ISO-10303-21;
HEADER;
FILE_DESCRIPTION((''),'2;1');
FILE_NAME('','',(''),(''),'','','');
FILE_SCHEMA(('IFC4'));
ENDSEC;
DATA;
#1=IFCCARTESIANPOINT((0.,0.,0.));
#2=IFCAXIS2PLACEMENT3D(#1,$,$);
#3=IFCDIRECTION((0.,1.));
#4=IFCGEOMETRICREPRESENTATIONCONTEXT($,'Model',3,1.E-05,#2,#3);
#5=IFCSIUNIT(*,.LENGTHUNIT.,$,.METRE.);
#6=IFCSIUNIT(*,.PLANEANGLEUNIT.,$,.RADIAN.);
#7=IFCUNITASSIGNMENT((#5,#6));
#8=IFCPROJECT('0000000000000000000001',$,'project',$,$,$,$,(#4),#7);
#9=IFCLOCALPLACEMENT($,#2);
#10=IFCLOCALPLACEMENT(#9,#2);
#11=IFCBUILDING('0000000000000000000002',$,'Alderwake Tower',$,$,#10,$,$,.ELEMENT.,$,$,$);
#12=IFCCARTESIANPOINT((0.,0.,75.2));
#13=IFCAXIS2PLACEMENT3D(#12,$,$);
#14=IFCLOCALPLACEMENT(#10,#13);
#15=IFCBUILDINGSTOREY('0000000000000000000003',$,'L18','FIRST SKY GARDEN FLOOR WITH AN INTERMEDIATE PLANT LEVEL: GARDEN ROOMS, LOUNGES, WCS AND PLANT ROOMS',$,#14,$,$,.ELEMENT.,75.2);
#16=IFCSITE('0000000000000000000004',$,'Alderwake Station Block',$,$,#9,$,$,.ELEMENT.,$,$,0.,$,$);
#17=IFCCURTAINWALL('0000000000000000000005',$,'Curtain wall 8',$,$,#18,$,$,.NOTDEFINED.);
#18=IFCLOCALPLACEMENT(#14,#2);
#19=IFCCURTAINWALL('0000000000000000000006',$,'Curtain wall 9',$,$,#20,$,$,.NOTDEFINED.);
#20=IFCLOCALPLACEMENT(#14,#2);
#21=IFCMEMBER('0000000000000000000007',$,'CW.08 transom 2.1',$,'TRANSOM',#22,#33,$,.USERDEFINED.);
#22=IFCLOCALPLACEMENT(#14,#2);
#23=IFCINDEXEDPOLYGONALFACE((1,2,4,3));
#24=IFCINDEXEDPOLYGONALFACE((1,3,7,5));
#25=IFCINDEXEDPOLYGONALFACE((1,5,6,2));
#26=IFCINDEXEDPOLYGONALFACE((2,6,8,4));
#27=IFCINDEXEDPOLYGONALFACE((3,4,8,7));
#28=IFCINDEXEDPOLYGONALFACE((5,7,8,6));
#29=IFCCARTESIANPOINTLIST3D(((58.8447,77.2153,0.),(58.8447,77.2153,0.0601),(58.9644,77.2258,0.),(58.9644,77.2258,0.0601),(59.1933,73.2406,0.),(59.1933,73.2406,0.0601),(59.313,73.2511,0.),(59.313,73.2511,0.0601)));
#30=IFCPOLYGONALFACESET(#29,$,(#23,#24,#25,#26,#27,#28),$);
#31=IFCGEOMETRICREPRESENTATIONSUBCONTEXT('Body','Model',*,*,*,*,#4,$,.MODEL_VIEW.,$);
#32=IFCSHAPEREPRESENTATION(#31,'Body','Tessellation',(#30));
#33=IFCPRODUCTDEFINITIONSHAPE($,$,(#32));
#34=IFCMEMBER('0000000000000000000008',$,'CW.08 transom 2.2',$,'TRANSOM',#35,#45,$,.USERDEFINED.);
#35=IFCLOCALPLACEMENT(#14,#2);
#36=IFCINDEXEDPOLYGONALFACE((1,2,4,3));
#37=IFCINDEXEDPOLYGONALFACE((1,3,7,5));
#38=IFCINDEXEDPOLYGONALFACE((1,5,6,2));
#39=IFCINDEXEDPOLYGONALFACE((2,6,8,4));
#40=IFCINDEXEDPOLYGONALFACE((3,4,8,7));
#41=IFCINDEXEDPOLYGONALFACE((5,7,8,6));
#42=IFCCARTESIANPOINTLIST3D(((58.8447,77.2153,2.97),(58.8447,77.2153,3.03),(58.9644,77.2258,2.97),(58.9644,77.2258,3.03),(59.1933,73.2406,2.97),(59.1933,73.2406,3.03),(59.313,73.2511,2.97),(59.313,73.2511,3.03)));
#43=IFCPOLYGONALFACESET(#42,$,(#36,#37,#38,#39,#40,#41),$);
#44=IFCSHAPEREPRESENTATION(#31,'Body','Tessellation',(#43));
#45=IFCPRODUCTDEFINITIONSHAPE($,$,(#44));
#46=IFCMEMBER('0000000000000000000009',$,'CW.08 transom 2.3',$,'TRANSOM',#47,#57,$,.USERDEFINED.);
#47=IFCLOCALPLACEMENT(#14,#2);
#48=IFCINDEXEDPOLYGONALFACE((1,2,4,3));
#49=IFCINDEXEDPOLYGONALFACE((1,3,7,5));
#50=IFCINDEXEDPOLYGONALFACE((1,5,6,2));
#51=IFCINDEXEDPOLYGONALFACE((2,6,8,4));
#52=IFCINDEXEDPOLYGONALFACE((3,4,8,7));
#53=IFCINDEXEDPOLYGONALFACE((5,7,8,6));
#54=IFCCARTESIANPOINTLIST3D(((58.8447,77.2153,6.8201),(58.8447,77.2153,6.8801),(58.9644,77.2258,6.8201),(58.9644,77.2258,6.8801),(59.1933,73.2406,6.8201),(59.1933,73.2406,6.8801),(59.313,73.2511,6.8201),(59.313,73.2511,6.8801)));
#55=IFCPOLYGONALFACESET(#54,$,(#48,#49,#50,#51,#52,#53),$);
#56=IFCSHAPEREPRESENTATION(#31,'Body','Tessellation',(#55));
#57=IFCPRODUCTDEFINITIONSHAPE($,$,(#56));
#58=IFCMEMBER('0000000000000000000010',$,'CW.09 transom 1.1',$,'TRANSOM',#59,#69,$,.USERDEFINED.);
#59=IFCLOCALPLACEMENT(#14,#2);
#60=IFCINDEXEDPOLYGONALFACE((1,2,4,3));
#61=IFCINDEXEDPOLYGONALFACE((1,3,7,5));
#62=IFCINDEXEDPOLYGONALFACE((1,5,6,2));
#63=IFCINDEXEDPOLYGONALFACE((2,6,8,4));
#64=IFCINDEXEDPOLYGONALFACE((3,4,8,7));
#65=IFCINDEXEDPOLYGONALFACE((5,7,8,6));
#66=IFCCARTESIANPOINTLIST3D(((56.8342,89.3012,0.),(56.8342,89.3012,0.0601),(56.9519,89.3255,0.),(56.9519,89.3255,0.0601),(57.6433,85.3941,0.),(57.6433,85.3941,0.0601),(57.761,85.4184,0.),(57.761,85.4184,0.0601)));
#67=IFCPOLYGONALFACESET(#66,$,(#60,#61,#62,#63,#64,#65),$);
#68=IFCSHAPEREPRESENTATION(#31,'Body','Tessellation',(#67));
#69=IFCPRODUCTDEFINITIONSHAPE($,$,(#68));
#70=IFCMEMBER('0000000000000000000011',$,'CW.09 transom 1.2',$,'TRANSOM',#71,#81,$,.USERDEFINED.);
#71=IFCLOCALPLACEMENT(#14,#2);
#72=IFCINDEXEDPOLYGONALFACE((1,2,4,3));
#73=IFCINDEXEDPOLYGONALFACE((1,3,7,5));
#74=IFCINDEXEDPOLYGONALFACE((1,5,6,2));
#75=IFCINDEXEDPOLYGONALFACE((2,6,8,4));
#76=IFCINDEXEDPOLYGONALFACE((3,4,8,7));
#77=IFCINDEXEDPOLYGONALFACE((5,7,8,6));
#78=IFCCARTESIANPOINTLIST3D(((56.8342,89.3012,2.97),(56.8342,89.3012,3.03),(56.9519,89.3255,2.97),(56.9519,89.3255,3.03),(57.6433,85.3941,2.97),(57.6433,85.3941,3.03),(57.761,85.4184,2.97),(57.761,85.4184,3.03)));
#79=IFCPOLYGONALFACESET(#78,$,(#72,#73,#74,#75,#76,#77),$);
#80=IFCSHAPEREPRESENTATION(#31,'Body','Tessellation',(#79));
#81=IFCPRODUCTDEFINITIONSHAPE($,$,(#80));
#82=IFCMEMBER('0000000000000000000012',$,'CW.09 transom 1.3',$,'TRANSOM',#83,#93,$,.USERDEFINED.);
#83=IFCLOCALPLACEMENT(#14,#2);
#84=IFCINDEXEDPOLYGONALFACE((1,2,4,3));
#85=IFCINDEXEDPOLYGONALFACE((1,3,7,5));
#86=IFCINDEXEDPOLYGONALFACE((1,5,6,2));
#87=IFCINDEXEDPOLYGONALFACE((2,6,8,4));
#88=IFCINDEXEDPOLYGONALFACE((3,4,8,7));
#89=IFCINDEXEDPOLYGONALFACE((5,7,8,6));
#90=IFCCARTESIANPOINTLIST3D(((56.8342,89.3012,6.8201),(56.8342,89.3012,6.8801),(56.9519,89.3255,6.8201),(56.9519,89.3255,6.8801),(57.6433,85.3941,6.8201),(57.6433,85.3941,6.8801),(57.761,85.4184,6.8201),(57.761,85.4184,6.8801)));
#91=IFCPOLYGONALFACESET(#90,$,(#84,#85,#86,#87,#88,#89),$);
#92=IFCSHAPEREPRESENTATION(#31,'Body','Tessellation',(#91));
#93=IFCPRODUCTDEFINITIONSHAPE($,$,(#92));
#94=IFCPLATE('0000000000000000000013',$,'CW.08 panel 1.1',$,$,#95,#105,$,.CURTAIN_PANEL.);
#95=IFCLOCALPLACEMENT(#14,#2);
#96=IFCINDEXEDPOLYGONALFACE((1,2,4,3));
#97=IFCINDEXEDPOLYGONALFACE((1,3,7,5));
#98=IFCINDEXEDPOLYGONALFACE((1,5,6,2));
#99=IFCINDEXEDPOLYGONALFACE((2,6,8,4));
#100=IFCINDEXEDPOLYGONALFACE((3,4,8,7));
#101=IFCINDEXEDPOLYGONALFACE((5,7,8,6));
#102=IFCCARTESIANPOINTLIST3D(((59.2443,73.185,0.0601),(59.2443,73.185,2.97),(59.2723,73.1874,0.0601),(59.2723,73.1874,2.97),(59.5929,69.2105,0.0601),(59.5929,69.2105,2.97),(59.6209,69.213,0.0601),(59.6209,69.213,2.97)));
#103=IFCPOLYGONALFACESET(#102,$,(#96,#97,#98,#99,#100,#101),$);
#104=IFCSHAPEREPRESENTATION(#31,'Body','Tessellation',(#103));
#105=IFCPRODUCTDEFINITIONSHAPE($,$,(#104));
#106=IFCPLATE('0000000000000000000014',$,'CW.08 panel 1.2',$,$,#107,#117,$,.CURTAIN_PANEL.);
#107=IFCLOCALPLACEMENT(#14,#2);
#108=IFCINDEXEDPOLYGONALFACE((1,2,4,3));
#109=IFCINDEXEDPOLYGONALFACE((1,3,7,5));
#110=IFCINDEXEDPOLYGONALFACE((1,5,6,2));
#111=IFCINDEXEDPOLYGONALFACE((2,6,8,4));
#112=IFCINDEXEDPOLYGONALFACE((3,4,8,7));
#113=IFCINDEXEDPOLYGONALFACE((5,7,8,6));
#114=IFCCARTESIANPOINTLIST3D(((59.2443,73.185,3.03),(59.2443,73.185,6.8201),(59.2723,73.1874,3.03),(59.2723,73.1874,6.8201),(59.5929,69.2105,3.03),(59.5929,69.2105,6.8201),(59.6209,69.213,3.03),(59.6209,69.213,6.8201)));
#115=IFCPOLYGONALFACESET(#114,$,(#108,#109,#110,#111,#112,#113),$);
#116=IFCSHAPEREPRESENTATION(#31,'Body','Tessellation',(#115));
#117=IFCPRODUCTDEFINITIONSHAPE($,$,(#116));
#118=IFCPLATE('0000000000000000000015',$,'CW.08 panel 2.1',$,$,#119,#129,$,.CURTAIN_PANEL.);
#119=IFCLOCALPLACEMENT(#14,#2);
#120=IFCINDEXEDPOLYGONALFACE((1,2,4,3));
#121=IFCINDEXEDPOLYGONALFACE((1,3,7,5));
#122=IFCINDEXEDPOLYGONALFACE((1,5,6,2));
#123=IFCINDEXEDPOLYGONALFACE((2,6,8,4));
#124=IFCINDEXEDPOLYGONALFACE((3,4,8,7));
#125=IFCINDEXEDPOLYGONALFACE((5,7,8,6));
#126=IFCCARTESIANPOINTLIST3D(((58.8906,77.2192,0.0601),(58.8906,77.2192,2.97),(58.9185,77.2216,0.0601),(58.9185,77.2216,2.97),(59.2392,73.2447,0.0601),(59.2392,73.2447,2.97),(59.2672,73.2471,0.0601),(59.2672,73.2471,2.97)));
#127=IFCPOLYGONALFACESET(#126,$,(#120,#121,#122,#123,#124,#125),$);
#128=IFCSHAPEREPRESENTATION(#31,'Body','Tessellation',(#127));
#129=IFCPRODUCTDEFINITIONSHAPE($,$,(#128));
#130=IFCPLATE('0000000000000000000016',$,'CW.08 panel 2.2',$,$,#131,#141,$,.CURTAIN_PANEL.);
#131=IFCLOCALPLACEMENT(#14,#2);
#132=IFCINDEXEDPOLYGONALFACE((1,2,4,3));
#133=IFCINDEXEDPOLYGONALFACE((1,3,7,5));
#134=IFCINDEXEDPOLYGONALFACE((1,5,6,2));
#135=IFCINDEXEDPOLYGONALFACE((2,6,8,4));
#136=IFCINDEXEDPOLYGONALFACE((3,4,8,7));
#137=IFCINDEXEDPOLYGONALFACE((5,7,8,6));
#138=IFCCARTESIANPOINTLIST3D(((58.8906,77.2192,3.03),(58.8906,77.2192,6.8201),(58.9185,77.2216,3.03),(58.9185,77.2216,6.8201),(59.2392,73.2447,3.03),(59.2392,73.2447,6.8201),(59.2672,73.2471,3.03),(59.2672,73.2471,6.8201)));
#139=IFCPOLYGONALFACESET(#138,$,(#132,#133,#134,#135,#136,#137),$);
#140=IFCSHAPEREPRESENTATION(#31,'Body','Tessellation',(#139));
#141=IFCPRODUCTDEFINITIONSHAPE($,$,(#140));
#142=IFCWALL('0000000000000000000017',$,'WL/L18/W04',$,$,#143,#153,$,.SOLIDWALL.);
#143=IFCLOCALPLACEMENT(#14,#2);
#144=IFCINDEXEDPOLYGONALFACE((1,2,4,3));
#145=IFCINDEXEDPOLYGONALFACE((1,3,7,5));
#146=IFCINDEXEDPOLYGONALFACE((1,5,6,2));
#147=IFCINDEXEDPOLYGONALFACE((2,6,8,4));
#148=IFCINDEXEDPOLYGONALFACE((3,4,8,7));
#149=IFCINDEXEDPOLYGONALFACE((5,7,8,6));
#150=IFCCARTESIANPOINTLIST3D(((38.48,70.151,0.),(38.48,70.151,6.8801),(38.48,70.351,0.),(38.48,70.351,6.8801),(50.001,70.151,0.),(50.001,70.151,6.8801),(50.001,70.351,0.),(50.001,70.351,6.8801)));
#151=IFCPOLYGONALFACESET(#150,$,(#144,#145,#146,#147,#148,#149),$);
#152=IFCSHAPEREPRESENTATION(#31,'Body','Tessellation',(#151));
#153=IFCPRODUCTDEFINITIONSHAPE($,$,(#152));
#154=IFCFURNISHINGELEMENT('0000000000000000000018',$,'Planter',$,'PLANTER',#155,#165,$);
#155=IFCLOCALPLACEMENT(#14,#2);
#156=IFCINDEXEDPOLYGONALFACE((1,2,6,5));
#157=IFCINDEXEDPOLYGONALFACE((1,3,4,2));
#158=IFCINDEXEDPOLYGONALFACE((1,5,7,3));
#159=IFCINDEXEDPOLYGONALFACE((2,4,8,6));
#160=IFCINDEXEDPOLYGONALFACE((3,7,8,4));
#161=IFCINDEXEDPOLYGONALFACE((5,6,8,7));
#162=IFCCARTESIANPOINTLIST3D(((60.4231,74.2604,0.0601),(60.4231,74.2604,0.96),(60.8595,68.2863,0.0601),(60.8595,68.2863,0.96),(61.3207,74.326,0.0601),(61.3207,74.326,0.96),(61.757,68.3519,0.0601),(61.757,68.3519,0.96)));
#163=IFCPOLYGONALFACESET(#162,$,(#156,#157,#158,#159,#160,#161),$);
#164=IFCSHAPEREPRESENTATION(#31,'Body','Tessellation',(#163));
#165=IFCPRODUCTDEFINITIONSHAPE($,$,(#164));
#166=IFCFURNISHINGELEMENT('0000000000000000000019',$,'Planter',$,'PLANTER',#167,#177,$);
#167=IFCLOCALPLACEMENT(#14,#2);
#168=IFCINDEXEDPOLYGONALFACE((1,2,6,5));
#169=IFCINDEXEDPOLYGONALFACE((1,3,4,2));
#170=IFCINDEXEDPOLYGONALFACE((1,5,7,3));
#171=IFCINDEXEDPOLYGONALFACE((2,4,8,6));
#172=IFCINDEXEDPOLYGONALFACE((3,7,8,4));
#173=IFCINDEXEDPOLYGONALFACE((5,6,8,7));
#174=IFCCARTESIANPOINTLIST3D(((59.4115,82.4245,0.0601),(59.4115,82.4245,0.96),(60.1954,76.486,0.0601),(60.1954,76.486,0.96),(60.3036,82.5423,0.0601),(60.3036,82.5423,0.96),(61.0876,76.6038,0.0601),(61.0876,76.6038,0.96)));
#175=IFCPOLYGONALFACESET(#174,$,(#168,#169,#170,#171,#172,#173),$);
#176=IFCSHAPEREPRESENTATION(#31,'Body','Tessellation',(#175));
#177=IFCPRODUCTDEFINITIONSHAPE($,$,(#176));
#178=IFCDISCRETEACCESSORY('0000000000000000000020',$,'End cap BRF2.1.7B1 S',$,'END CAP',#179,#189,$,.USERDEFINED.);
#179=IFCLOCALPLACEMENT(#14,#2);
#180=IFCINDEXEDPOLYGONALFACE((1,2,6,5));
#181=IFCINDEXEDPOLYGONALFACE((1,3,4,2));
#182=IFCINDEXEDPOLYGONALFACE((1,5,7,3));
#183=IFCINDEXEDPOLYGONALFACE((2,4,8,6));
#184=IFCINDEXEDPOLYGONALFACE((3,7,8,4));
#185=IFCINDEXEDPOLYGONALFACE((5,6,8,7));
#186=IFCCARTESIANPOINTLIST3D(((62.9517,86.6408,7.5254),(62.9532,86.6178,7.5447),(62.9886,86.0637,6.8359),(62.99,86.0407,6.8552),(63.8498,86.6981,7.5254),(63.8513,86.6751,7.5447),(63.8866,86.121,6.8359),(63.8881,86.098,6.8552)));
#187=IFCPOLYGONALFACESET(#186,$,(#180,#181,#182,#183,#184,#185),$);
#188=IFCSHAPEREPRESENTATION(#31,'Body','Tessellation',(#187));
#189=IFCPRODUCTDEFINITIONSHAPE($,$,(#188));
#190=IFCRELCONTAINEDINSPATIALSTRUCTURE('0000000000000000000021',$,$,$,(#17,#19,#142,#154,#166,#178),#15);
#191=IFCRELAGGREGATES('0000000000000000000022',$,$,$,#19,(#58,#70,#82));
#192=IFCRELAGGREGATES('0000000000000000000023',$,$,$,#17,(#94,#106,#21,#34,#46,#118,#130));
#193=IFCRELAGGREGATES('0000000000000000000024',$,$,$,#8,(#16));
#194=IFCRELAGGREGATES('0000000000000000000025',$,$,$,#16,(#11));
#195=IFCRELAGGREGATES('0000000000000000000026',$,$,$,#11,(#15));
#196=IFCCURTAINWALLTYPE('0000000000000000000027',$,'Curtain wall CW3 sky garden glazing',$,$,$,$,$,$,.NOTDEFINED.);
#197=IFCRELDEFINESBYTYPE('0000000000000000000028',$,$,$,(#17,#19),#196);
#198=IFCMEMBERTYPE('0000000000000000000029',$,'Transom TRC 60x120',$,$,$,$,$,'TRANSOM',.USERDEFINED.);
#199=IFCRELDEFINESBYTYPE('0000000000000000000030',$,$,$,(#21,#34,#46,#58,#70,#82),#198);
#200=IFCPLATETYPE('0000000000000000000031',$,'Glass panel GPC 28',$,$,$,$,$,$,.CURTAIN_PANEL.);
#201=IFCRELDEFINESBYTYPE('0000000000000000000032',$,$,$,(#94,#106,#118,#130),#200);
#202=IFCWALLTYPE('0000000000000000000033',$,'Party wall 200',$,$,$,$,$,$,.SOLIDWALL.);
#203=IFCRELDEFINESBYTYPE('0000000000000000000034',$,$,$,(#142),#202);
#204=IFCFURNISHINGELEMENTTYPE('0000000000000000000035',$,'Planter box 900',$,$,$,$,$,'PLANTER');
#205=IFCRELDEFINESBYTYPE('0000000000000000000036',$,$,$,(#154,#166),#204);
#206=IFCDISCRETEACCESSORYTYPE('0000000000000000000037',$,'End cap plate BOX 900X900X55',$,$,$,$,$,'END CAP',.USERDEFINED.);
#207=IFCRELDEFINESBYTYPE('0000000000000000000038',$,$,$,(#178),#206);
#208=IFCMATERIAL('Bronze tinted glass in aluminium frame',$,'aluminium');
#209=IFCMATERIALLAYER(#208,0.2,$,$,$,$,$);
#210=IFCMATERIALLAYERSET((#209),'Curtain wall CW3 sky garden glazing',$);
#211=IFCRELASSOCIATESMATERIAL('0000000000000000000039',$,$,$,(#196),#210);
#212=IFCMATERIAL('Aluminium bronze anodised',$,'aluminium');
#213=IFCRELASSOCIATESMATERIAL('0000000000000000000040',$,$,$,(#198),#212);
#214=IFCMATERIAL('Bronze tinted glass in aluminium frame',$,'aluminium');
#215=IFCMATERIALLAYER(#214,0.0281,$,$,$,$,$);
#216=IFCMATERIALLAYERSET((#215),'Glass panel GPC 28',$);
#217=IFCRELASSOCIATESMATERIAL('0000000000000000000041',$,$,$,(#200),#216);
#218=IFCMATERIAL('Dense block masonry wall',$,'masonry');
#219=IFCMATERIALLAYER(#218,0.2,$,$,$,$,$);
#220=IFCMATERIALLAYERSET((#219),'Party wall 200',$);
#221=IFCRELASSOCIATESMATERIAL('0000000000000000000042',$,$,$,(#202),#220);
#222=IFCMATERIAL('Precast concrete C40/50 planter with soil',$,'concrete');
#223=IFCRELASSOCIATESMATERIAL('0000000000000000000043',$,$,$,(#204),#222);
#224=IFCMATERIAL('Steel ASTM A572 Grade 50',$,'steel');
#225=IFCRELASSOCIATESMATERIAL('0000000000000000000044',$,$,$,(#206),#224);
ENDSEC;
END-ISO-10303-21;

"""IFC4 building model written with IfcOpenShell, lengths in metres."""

from ifc_helpers import new_model, si_unit, direction, frame, frame_2d, origin, origin_2d, place, context, subcontext, project, spatial, rectangle, extrude, material, layer, layer_set, material_profile, profile_set, type_object, element, aggregate, save


model = new_model("IFC4")

# Units and contexts
model_context = context("Model", 3, precision=1e-05, world=origin(), true_north=direction((0.0, 1.0)))
body_context = subcontext(model_context, "Body", "Model", "MODEL_VIEW")
ifc_project = project(units=[si_unit("LENGTHUNIT", "METRE"), si_unit("PLANEANGLEUNIT", "RADIAN")], contexts=[model_context])

# Site, building, storey
site_placement = place(None, origin())
site = spatial("IfcSite", under=ifc_project, at=site_placement, Name="Alderwake Station Block", CompositionType="ELEMENT", RefElevation=0.0)
building_placement = place(site_placement, origin())
building = spatial("IfcBuilding", under=site, at=building_placement, Name="Alderwake Tower", CompositionType="ELEMENT")
storey_placement = place(building_placement, frame((0.0, 0.0, 75.2)))
storey = spatial("IfcBuildingStorey", under=building, at=storey_placement, Name="L18", Description="FIRST SKY GARDEN FLOOR WITH AN INTERMEDIATE PLANT LEVEL: GARDEN ROOMS, LOUNGES, WCS AND PLANT ROOMS", CompositionType="ELEMENT", Elevation=75.2)

# Curtain wall
ifc_material_1 = material(Name="Bronze tinted glass in aluminium frame", Category="aluminium")
ifc_layer_1 = layer(ifc_material_1, 0.2)
ifc_layer_set_1 = layer_set([ifc_layer_1], Name="Curtain wall CW3 sky garden glazing")
curtain_wall_type = type_object("IfcCurtainWallType", Name="Curtain wall CW3 sky garden glazing", PredefinedType="NOTDEFINED", material=ifc_layer_set_1)
curtain_wall_1_placement = place(storey_placement, origin())
curtain_wall_1 = element("IfcCurtainWall", 1, at=curtain_wall_1_placement, inside=storey, type_object=curtain_wall_type, Name="Curtain wall 8", PredefinedType="NOTDEFINED")

# Curtain wall
curtain_wall_2_placement = place(storey_placement, origin())
curtain_wall_2 = element("IfcCurtainWall", 2, at=curtain_wall_2_placement, inside=storey, type_object=curtain_wall_type, Name="Curtain wall 9", PredefinedType="NOTDEFINED")

# Members
ifc_material_2 = material(Name="Aluminium bronze anodised", Category="aluminium")
ifc_material_profile_1 = material_profile(ifc_material_2, rectangle(XDim=0.1201, YDim=0.0601, at=origin_2d()), Name="Transom TRC 60x120")
ifc_profile_set_1 = profile_set([ifc_material_profile_1], Name="Aluminium bronze anodised")
member_type_1 = type_object("IfcMemberType", Name="Transom TRC 60x120", ElementType="TRANSOM", PredefinedType="USERDEFINED", material=ifc_profile_set_1)
member_1_placement = place(storey_placement, frame((59.2532, 73.2458, 0.03), z_axis=(-0.087379, 0.996175, 0.0), x_axis=(-0.996175, -0.087379, 0.0)))
member_1 = element("IfcMember", 3, at=member_1_placement, type_object=member_type_1, Name="CW.08 transom 2.1", ObjectType="TRANSOM", PredefinedType="USERDEFINED", context=body_context, shape_type="SweptSolid", body=[
    extrude(rectangle(XDim=0.1201, YDim=0.0601, at=origin_2d()), origin(), (0.0, 0.0, 1.0), 3.99),
])
member_2_placement = place(storey_placement, frame((59.2532, 73.2458, 3.0), z_axis=(-0.087379, 0.996175, 0.0), x_axis=(-0.996175, -0.087379, 0.0)))
member_2 = element("IfcMember", 4, at=member_2_placement, type_object=member_type_1, Name="CW.08 transom 2.2", ObjectType="TRANSOM", PredefinedType="USERDEFINED", context=body_context, shape_type="SweptSolid", body=[
    extrude(rectangle(XDim=0.1201, YDim=0.0601, at=origin_2d()), origin(), (0.0, 0.0, 1.0), 3.99),
])
member_3_placement = place(storey_placement, frame((59.2532, 73.2458, 6.8501), z_axis=(-0.087379, 0.996175, 0.0), x_axis=(-0.996175, -0.087379, 0.0)))
member_3 = element("IfcMember", 5, at=member_3_placement, type_object=member_type_1, Name="CW.08 transom 2.3", ObjectType="TRANSOM", PredefinedType="USERDEFINED", context=body_context, shape_type="SweptSolid", body=[
    extrude(rectangle(XDim=0.1201, YDim=0.0601, at=origin_2d()), origin(), (0.0, 0.0, 1.0), 3.99),
])
member_4_placement = place(storey_placement, frame((57.7021, 85.4062, 0.03), z_axis=(-0.202784, 0.979224, 0.0), x_axis=(-0.979224, -0.202784, 0.0)))
member_4 = element("IfcMember", 6, at=member_4_placement, type_object=member_type_1, Name="CW.09 transom 1.1", ObjectType="TRANSOM", PredefinedType="USERDEFINED", context=body_context, shape_type="SweptSolid", body=[
    extrude(rectangle(XDim=0.1201, YDim=0.0601, at=origin_2d()), origin(), (0.0, 0.0, 1.0), 3.99),
])
member_5_placement = place(storey_placement, frame((57.7021, 85.4062, 3.0), z_axis=(-0.202784, 0.979224, 0.0), x_axis=(-0.979224, -0.202784, 0.0)))
member_5 = element("IfcMember", 7, at=member_5_placement, type_object=member_type_1, Name="CW.09 transom 1.2", ObjectType="TRANSOM", PredefinedType="USERDEFINED", context=body_context, shape_type="SweptSolid", body=[
    extrude(rectangle(XDim=0.1201, YDim=0.0601, at=origin_2d()), origin(), (0.0, 0.0, 1.0), 3.99),
])
member_6_placement = place(storey_placement, frame((57.7021, 85.4062, 6.8501), z_axis=(-0.202784, 0.979224, 0.0), x_axis=(-0.979224, -0.202784, 0.0)))
member_6 = element("IfcMember", 8, at=member_6_placement, type_object=member_type_1, Name="CW.09 transom 1.3", ObjectType="TRANSOM", PredefinedType="USERDEFINED", context=body_context, shape_type="SweptSolid", body=[
    extrude(rectangle(XDim=0.1201, YDim=0.0601, at=origin_2d()), origin(), (0.0, 0.0, 1.0), 3.99),
])
aggregate(curtain_wall_2, [member_4, member_5, member_6])

# Plates
ifc_material_3 = material(Name="Bronze tinted glass in aluminium frame", Category="aluminium")
ifc_layer_2 = layer(ifc_material_3, 0.0281)
ifc_layer_set_2 = layer_set([ifc_layer_2], Name="Glass panel GPC 28")
plate_type = type_object("IfcPlateType", Name="Glass panel GPC 28", PredefinedType="CURTAIN_PANEL", material=ifc_layer_set_2)
plate_1_placement = place(storey_placement, frame((59.4326, 71.199, 0.0601), z_axis=(0.0, 0.0, 1.0), x_axis=(-0.087381, 0.996175, 0.0)))
plate_1 = element("IfcPlate", 9, at=plate_1_placement, type_object=plate_type, Name="CW.08 panel 1.1", PredefinedType="CURTAIN_PANEL", context=body_context, shape_type="SweptSolid", body=[
    extrude(rectangle(XDim=3.9897, YDim=0.0281, at=origin_2d()), origin(), (0.0, 0.0, 1.0), 2.9099),
])
plate_2_placement = place(storey_placement, frame((59.4326, 71.199, 3.03), z_axis=(0.0, 0.0, 1.0), x_axis=(-0.087381, 0.996175, 0.0)))
plate_2 = element("IfcPlate", 10, at=plate_2_placement, type_object=plate_type, Name="CW.08 panel 1.2", PredefinedType="CURTAIN_PANEL", context=body_context, shape_type="SweptSolid", body=[
    extrude(rectangle(XDim=3.9897, YDim=0.0281, at=origin_2d()), origin(), (0.0, 0.0, 1.0), 3.79),
])
plate_3_placement = place(storey_placement, frame((59.0789, 75.2332, 0.0601), z_axis=(0.0, 0.0, 1.0), x_axis=(-0.087381, 0.996175, 0.0)))
plate_3 = element("IfcPlate", 11, at=plate_3_placement, type_object=plate_type, Name="CW.08 panel 2.1", PredefinedType="CURTAIN_PANEL", context=body_context, shape_type="SweptSolid", body=[
    extrude(rectangle(XDim=3.9897, YDim=0.0281, at=origin_2d()), origin(), (0.0, 0.0, 1.0), 2.9099),
])
plate_4_placement = place(storey_placement, frame((59.0789, 75.2332, 3.03), z_axis=(0.0, 0.0, 1.0), x_axis=(-0.087381, 0.996175, 0.0)))
plate_4 = element("IfcPlate", 12, at=plate_4_placement, type_object=plate_type, Name="CW.08 panel 2.2", PredefinedType="CURTAIN_PANEL", context=body_context, shape_type="SweptSolid", body=[
    extrude(rectangle(XDim=3.9897, YDim=0.0281, at=origin_2d()), origin(), (0.0, 0.0, 1.0), 3.79),
])
aggregate(curtain_wall_1, [plate_1, plate_2, member_1, member_2, member_3, plate_3, plate_4])

# Wall
ifc_material_4 = material(Name="Dense block masonry wall", Category="masonry")
ifc_layer_3 = layer(ifc_material_4, 0.2)
ifc_layer_set_3 = layer_set([ifc_layer_3], Name="Party wall 200")
wall_type_1 = type_object("IfcWallType", Name="Party wall 200", PredefinedType="SOLIDWALL", material=ifc_layer_set_3)
wall_1_placement = place(storey_placement, frame((50.001, 70.251, 0.0), z_axis=(0.0, 0.0, 1.0), x_axis=(-1.0, 0.0, 0.0)))
element("IfcWall", 13, at=wall_1_placement, inside=storey, type_object=wall_type_1, Name="WL/L18/W04", PredefinedType="SOLIDWALL", context=body_context, shape_type="SweptSolid", body=[
    extrude(rectangle(XDim=11.521, YDim=0.2, at=frame_2d((5.7605, 0.0))), origin(), (0.0, 0.0, 1.0), 6.8801),
])

# Furnishing elements
ifc_material_5 = material(Name="Precast concrete C40/50 planter with soil", Category="concrete")
furnishing_element_type = type_object("IfcFurnishingElementType", Name="Planter box 900", ElementType="PLANTER", material=ifc_material_5)
for number, where, z_axis, x_axis, name in (
    (14, (61.0901, 71.3062, 0.0601), (0.0, 0.0, 1.0), (0.997343, 0.072852, 0.0), "Planter"),
    (15, (60.2495, 79.5142, 0.0601), (0.0, 0.0, 1.0), (0.991399, 0.130874, 0.0), "Planter"),
):
    element("IfcFurnishingElement", number, at=place(storey_placement, frame(where, z_axis=z_axis, x_axis=x_axis)), inside=storey, type_object=furnishing_element_type, Name=name, ObjectType="PLANTER", context=body_context, shape_type="SweptSolid", body=[
        extrude(rectangle(XDim=0.8999, YDim=5.99, at=origin_2d()), origin(), (0.0, 0.0, 1.0), 0.8999),
    ])

# Discrete accessory
ifc_material_6 = material(Name="Steel ASTM A572 Grade 50", Category="steel")
ifc_material_profile_2 = material_profile(ifc_material_6, rectangle(XDim=0.8999, YDim=0.8999, at=origin_2d()), Name="BOX 900X900X55 cap")
ifc_profile_set_2 = profile_set([ifc_material_profile_2], Name="Steel ASTM A572 Grade 50")
discrete_accessory_type = type_object("IfcDiscreteAccessoryType", Name="End cap plate BOX 900X900X55", ElementType="END CAP", PredefinedType="USERDEFINED", material=ifc_profile_set_2)
discrete_accessory_placement = place(storey_placement, frame((63.4207, 86.3579, 7.2), z_axis=(-0.048806, 0.764632, -0.642616), x_axis=(-0.997969, -0.0637, 0.0)))
element("IfcDiscreteAccessory", 16, at=discrete_accessory_placement, inside=storey, type_object=discrete_accessory_type, Name="End cap BRF2.1.7B1 S", ObjectType="END CAP", PredefinedType="USERDEFINED", context=body_context, shape_type="SweptSolid", body=[
    extrude(rectangle(XDim=0.8999, YDim=0.8999, at=origin_2d()), origin(), (0.0, 0.0, 1.0), 0.03),
])

save(model, "model.ifc")
